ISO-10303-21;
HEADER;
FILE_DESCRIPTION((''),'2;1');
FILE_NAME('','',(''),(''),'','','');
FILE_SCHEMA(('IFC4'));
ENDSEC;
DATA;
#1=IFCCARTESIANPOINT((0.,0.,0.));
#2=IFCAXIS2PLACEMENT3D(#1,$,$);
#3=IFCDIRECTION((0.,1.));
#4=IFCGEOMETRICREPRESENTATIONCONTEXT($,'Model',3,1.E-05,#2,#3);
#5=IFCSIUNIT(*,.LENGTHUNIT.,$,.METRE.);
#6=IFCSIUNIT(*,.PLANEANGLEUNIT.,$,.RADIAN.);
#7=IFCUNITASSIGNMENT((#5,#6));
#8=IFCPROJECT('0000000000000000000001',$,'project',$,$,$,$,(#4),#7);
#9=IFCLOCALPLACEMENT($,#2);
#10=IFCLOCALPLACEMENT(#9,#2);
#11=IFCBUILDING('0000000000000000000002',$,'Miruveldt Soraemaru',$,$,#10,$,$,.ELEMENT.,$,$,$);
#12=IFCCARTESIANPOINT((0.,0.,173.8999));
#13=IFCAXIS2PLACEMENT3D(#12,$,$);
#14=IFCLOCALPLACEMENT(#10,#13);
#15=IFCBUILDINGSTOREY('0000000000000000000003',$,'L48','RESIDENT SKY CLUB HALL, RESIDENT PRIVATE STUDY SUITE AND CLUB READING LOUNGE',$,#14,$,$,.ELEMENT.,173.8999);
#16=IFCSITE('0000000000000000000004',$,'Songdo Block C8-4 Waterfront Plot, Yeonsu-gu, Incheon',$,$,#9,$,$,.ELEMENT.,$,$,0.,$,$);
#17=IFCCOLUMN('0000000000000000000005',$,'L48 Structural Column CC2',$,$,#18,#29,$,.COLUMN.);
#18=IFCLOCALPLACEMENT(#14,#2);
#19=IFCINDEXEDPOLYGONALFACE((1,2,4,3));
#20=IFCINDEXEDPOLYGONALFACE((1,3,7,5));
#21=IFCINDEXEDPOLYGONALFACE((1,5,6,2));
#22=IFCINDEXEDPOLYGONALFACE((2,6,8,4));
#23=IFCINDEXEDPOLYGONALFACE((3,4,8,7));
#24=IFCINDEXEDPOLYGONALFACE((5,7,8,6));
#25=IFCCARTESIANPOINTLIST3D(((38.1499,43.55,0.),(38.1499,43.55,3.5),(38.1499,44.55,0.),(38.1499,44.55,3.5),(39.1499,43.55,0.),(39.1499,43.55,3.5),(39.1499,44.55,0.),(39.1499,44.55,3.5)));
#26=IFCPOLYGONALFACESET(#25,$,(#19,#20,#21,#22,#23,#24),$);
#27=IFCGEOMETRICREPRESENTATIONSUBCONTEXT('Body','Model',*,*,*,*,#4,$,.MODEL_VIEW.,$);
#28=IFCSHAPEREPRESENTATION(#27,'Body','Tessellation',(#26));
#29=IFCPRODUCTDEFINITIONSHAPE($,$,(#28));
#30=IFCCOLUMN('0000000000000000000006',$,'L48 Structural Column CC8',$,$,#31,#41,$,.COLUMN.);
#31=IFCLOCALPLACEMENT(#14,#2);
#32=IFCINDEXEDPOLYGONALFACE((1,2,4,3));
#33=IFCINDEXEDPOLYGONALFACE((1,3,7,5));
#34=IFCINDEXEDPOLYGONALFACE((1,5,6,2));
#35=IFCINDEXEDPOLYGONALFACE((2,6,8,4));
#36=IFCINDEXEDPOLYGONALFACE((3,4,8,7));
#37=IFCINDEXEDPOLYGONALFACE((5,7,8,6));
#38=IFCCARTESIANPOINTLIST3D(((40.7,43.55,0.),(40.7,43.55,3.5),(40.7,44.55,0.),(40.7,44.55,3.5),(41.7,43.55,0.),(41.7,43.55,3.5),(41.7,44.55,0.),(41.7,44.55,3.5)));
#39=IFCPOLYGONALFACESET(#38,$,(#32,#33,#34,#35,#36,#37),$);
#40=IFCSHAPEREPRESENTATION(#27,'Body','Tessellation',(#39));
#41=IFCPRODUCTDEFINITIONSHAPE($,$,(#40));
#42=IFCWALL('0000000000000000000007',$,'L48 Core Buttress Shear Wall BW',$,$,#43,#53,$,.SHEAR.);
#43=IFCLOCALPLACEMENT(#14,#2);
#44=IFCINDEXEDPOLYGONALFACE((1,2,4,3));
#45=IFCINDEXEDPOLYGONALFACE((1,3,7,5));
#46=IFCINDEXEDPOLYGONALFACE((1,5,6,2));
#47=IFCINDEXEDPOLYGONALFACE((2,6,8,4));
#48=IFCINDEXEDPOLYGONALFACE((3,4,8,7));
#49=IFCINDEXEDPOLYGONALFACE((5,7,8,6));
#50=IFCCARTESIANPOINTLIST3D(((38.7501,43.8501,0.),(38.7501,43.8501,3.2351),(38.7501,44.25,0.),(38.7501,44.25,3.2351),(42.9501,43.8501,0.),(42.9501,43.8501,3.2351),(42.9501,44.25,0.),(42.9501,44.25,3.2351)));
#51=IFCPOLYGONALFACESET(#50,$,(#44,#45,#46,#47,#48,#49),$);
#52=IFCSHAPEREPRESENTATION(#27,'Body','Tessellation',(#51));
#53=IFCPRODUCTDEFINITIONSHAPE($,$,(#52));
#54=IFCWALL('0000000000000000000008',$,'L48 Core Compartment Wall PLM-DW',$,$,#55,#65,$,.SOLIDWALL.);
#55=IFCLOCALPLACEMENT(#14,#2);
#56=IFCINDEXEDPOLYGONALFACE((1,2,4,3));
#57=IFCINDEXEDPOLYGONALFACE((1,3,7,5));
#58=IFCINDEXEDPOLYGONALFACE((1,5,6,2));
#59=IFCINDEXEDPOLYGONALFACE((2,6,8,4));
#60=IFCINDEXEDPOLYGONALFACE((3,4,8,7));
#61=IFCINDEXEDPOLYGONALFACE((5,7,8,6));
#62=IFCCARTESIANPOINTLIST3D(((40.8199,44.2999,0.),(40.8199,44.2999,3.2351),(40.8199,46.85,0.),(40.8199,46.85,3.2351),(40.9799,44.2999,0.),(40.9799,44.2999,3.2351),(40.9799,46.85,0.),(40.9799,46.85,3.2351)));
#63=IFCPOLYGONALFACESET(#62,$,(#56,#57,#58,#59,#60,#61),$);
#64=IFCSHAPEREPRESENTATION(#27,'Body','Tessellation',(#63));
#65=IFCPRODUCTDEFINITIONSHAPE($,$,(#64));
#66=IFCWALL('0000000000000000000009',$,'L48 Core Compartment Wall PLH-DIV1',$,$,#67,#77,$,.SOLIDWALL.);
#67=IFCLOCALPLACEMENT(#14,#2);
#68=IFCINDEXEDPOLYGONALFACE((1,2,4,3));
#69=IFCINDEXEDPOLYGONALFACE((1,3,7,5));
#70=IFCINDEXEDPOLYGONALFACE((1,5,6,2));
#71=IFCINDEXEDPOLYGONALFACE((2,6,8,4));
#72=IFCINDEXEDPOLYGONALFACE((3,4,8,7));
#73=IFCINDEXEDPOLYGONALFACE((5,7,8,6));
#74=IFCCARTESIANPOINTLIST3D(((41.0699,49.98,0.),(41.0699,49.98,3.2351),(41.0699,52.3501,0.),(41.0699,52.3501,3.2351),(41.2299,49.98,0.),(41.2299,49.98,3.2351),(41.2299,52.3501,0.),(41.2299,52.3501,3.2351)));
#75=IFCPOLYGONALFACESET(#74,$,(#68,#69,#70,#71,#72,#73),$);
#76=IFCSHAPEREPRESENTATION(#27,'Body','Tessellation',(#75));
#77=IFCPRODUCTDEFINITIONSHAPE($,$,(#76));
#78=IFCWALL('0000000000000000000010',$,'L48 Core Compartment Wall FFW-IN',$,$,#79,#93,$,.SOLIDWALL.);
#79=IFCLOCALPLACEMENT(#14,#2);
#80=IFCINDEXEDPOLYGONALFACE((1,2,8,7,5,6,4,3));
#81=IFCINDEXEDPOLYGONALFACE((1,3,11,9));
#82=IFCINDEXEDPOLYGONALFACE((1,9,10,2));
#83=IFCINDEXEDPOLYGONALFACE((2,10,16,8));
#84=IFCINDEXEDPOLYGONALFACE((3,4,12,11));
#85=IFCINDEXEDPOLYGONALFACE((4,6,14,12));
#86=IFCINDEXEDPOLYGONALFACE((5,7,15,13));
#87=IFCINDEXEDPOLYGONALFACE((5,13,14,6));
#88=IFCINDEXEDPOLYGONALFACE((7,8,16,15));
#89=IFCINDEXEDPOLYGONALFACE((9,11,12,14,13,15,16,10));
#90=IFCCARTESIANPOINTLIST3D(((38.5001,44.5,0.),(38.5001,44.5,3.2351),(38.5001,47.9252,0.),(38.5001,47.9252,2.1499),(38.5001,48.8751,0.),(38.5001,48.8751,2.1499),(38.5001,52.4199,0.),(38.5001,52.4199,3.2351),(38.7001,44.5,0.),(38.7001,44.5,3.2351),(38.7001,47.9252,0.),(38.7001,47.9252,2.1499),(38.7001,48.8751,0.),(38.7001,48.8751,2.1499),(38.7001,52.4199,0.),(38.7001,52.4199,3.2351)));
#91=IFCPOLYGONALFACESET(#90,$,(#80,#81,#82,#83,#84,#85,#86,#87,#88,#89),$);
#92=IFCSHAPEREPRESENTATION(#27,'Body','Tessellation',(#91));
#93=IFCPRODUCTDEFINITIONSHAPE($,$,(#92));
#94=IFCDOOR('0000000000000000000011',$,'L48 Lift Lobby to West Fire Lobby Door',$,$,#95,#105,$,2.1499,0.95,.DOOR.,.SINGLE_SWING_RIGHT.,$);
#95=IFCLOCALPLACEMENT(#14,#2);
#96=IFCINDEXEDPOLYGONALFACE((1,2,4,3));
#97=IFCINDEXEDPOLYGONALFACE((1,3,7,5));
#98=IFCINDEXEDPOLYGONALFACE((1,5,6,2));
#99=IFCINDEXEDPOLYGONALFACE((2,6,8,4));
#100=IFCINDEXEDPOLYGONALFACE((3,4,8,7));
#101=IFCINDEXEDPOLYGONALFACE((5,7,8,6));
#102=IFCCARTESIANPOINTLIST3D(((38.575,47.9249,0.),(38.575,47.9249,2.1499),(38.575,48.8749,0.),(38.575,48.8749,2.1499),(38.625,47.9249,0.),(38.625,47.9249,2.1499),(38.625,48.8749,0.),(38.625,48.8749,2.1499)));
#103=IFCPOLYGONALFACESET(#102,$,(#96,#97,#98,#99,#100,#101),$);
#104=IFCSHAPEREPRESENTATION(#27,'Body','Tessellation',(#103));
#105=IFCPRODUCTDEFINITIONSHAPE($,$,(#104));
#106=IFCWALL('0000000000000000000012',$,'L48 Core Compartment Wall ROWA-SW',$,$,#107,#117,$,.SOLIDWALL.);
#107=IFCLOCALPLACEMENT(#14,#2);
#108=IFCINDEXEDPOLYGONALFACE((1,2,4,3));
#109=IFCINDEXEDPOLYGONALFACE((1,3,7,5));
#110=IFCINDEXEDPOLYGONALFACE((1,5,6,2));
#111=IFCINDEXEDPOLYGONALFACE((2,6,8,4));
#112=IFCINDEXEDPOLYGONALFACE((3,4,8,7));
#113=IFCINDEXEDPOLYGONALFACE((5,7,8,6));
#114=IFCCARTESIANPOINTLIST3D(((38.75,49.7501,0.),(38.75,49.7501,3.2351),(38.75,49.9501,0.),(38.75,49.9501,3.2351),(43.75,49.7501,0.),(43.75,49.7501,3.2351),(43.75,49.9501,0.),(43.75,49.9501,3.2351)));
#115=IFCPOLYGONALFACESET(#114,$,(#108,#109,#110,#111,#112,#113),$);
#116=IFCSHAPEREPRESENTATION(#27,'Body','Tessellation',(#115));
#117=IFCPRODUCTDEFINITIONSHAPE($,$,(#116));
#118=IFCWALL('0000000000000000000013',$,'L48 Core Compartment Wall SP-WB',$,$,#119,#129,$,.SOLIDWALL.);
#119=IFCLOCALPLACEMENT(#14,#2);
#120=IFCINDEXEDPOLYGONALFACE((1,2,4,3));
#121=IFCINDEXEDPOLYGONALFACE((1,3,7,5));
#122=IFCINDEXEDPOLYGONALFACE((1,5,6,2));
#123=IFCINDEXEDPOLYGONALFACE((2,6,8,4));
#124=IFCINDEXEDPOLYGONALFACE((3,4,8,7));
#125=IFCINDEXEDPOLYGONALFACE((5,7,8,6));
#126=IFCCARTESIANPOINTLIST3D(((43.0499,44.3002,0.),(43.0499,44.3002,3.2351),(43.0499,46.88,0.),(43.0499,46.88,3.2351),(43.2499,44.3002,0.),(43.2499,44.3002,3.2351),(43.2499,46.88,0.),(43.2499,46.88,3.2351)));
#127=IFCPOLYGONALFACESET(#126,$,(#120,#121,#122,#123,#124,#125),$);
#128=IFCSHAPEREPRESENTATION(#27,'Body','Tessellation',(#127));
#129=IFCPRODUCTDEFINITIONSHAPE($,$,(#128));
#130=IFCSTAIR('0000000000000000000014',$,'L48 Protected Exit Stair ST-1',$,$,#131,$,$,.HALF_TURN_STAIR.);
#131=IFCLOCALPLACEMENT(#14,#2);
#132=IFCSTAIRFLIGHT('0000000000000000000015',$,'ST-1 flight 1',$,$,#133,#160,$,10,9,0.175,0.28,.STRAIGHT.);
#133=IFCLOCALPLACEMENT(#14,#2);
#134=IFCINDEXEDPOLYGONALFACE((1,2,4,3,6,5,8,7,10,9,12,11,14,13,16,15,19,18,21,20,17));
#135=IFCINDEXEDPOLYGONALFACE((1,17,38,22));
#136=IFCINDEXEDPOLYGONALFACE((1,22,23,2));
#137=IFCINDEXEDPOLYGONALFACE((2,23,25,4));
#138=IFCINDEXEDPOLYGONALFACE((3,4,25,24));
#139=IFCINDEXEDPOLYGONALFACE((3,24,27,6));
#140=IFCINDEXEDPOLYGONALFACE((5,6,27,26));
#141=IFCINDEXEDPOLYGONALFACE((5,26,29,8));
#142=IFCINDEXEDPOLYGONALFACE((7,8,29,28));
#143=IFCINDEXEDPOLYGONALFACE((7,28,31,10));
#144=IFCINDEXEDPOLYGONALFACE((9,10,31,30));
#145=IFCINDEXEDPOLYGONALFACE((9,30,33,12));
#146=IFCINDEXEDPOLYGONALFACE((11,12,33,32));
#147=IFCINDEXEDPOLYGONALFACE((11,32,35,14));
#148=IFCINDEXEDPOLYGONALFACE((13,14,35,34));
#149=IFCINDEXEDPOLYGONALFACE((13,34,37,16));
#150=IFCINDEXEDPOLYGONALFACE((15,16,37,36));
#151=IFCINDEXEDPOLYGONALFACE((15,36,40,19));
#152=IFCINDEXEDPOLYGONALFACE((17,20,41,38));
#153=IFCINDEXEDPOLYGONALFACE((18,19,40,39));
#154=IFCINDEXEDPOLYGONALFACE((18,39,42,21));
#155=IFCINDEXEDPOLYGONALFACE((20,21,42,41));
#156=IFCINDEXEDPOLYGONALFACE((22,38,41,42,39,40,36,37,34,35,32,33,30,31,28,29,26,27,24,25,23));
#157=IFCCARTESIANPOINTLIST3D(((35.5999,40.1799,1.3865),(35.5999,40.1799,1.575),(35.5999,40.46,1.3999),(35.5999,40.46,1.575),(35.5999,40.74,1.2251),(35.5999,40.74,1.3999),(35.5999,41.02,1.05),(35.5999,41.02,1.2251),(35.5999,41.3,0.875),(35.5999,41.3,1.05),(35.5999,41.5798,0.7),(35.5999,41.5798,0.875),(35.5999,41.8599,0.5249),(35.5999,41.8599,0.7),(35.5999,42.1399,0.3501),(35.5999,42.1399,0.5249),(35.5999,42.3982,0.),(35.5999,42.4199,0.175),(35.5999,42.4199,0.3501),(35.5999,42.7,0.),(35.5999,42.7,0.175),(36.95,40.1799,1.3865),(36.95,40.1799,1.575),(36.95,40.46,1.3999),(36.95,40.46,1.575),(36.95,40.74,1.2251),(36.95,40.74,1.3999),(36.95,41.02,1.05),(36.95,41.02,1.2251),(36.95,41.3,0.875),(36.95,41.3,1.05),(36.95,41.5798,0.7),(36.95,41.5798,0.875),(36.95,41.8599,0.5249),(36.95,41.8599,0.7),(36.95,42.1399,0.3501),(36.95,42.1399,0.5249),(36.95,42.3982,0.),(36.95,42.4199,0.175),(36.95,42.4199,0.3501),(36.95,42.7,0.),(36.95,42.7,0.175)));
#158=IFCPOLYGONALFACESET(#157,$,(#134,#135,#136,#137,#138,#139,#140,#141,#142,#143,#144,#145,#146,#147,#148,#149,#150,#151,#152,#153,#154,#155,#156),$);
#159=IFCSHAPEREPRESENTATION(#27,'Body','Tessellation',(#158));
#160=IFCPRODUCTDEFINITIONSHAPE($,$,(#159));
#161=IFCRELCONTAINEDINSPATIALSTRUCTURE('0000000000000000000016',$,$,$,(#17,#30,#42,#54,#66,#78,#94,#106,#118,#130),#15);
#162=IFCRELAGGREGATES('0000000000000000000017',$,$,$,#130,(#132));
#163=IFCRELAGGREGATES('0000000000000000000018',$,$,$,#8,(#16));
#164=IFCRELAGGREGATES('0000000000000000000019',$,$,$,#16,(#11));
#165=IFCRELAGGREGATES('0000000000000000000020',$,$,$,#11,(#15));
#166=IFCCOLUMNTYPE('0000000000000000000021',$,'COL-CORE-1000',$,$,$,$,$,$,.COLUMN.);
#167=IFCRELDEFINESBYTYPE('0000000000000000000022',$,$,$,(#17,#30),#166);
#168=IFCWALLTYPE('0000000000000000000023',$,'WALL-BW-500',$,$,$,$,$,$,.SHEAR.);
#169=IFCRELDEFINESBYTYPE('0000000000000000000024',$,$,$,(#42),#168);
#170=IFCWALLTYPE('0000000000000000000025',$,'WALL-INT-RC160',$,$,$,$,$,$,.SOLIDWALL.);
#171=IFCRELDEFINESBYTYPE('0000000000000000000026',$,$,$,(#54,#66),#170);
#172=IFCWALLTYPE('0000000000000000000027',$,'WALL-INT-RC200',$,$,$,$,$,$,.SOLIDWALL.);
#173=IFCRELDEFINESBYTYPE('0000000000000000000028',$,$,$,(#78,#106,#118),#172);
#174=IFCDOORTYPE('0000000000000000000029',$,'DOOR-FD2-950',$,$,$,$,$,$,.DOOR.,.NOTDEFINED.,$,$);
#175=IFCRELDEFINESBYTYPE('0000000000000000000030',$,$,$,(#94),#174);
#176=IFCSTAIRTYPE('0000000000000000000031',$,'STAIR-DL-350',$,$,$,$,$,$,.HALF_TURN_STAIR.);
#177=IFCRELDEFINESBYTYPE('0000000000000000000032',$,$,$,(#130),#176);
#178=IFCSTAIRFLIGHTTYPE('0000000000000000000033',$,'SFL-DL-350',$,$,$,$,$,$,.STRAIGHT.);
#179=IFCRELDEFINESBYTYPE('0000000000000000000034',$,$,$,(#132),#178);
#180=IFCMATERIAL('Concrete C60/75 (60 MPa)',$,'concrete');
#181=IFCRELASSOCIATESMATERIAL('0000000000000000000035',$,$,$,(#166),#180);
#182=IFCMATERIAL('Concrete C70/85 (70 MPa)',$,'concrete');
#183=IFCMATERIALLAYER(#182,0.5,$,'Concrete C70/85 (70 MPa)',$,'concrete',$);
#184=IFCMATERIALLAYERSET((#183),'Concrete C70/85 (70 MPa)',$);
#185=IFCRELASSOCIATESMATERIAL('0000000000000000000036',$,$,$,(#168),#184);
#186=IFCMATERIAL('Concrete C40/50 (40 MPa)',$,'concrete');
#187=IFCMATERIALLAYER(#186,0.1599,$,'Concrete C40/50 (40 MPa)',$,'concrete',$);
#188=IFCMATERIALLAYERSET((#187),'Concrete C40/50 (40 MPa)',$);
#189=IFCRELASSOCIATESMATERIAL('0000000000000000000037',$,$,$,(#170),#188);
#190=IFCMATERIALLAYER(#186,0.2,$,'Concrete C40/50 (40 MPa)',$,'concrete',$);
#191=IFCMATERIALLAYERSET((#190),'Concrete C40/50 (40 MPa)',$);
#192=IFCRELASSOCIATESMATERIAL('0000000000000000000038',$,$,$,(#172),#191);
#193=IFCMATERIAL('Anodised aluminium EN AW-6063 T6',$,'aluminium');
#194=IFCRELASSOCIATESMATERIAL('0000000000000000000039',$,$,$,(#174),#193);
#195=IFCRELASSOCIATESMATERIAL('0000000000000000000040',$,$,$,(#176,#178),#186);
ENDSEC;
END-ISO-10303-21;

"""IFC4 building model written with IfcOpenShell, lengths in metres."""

from ifc_helpers import new_model, si_unit, direction, frame, frame_2d, origin, origin_2d, place, context, subcontext, project, spatial, polyline, rectangle, outline, extrude, material, layer, layer_set, material_profile, profile_set, type_object, element, fill, aggregate, save


model = new_model("IFC4")

# Units and contexts
model_context = context("Model", 3, precision=1e-05, world=origin(), true_north=direction((0.0, 1.0)))
body_context = subcontext(model_context, "Body", "Model", "MODEL_VIEW")
ifc_project = project(units=[si_unit("LENGTHUNIT", "METRE"), si_unit("PLANEANGLEUNIT", "RADIAN")], contexts=[model_context])

# Site, building, storey
site_placement = place(None, origin())
site = spatial("IfcSite", under=ifc_project, at=site_placement, Name="Songdo Block C8-4 Waterfront Plot, Yeonsu-gu, Incheon", CompositionType="ELEMENT", RefElevation=0.0)
building_placement = place(site_placement, origin())
building = spatial("IfcBuilding", under=site, at=building_placement, Name="Miruveldt Soraemaru", CompositionType="ELEMENT")
storey_placement = place(building_placement, frame((0.0, 0.0, 173.8999)))
storey = spatial("IfcBuildingStorey", under=building, at=storey_placement, Name="L48", Description="RESIDENT SKY CLUB HALL, RESIDENT PRIVATE STUDY SUITE AND CLUB READING LOUNGE", CompositionType="ELEMENT", Elevation=173.8999)

# Columns
ifc_material_1 = material(Name="Concrete C60/75 (60 MPa)", Category="concrete")
ifc_material_profile = material_profile(ifc_material_1, rectangle(XDim=1.0, YDim=1.0, at=origin_2d()), Name="Concrete C60/75 (60 MPa)", Category="concrete")
ifc_profile_set = profile_set([ifc_material_profile], Name="Concrete C60/75 (60 MPa)")
column_type = type_object("IfcColumnType", Name="COL-CORE-1000", PredefinedType="COLUMN", material=ifc_profile_set)
for number, where, z_axis, x_axis, name in (
    (1, (38.6499, 44.05, 0.0), (0.0, 0.0, 1.0), (1.0, 0.0, 0.0), "L48 Structural Column CC2"),
    (2, (41.2, 44.05, 0.0), (0.0, 0.0, 1.0), (1.0, 0.0, 0.0), "L48 Structural Column CC8"),
):
    element("IfcColumn", number, at=place(storey_placement, frame(where, z_axis=z_axis, x_axis=x_axis)), inside=storey, type_object=column_type, Name=name, PredefinedType="COLUMN", context=body_context, shape_type="SweptSolid", body=[
        extrude(rectangle(XDim=1.0, YDim=1.0, at=origin_2d()), origin(), (0.0, 0.0, 1.0), 3.5),
    ])

# Walls
ifc_material_2 = material(Name="Concrete C70/85 (70 MPa)", Category="concrete")
ifc_layer_1 = layer(ifc_material_2, 0.5, Name="Concrete C70/85 (70 MPa)", Category="concrete")
ifc_layer_set_1 = layer_set([ifc_layer_1], Name="Concrete C70/85 (70 MPa)")
wall_type_1 = type_object("IfcWallType", Name="WALL-BW-500", PredefinedType="SHEAR", material=ifc_layer_set_1)
wall_1_placement = place(storey_placement, frame((38.75, 44.05, 0.0), z_axis=(0.0, 0.0, 1.0), x_axis=(1.0, 0.0, 0.0)))
element("IfcWall", 3, at=wall_1_placement, inside=storey, type_object=wall_type_1, Name="L48 Core Buttress Shear Wall BW", PredefinedType="SHEAR", context=body_context, shape_type="SweptSolid", body=[
    extrude(rectangle(XDim=4.2, YDim=0.3999, at=frame_2d((2.1001, 0.0))), origin(), (0.0, 0.0, 1.0), 3.2351),
])
ifc_material_3 = material(Name="Concrete C40/50 (40 MPa)", Category="concrete")
ifc_layer_2 = layer(ifc_material_3, 0.1599, Name="Concrete C40/50 (40 MPa)", Category="concrete")
ifc_layer_set_2 = layer_set([ifc_layer_2], Name="Concrete C40/50 (40 MPa)")
wall_type_2 = type_object("IfcWallType", Name="WALL-INT-RC160", PredefinedType="SOLIDWALL", material=ifc_layer_set_2)
wall_2_placement = place(storey_placement, frame((40.8999, 44.3, 0.0), z_axis=(0.0, 0.0, 1.0), x_axis=(0.0, 1.0, 0.0)))
element("IfcWall", 4, at=wall_2_placement, inside=storey, type_object=wall_type_2, Name="L48 Core Compartment Wall PLM-DW", PredefinedType="SOLIDWALL", context=body_context, shape_type="SweptSolid", body=[
    extrude(rectangle(XDim=2.55, YDim=0.1599, at=frame_2d((1.2749, 0.0))), origin(), (0.0, 0.0, 1.0), 3.2351),
])
wall_3_placement = place(storey_placement, frame((41.1499, 49.98, 0.0), z_axis=(0.0, 0.0, 1.0), x_axis=(0.0, 1.0, 0.0)))
element("IfcWall", 5, at=wall_3_placement, inside=storey, type_object=wall_type_2, Name="L48 Core Compartment Wall PLH-DIV1", PredefinedType="SOLIDWALL", context=body_context, shape_type="SweptSolid", body=[
    extrude(rectangle(XDim=2.3701, YDim=0.1599, at=frame_2d((1.1851, 0.0))), origin(), (0.0, 0.0, 1.0), 3.2351),
])

# Wall, opening, door
ifc_layer_3 = layer(ifc_material_3, 0.2, Name="Concrete C40/50 (40 MPa)", Category="concrete")
ifc_layer_set_3 = layer_set([ifc_layer_3], Name="Concrete C40/50 (40 MPa)")
wall_type_3 = type_object("IfcWallType", Name="WALL-INT-RC200", PredefinedType="SOLIDWALL", material=ifc_layer_set_3)
wall_4_placement = place(storey_placement, frame((38.6001, 44.5, 0.0), z_axis=(0.0, 0.0, 1.0), x_axis=(0.0, 1.0, 0.0)))
wall_4 = element("IfcWall", 6, at=wall_4_placement, inside=storey, type_object=wall_type_3, Name="L48 Core Compartment Wall FFW-IN", PredefinedType="SOLIDWALL", context=body_context, shape_type="SweptSolid", body=[
    extrude(rectangle(XDim=7.9199, YDim=0.2, at=frame_2d((3.96, 0.0))), origin(), (0.0, 0.0, 1.0), 3.2351),
])
opening_1_placement = place(wall_4_placement, frame((3.425, 0.0, 0.0)))
opening_1 = element("IfcOpeningElement", 7, at=opening_1_placement, cuts=wall_4, PredefinedType="OPENING", context=body_context, shape_type="SweptSolid", body=[
    extrude(rectangle(XDim=0.95, YDim=2.1499, at=frame_2d((0.4751, 1.075))), frame((0.0, 0.1099, 0.0), z_axis=(0.0, -1.0, 0.0), x_axis=(1.0, 0.0, 0.0)), (0.0, 0.0, 1.0), 0.22),
])
ifc_material_4 = material(Name="Anodised aluminium EN AW-6063 T6", Category="aluminium")
door_type_1 = type_object("IfcDoorType", Name="DOOR-FD2-950", OperationType="NOTDEFINED", PredefinedType="DOOR", material=ifc_material_4)
door_1_placement = place(opening_1_placement, frame((0.95, 0.0, 0.0), z_axis=(0.0, 0.0, 1.0), x_axis=(-1.0, 0.0, 0.0)))
door_1 = element("IfcDoor", 8, at=door_1_placement, inside=storey, type_object=door_type_1, Name="L48 Lift Lobby to West Fire Lobby Door", OperationType="SINGLE_SWING_RIGHT", OverallHeight=2.1499, OverallWidth=0.95, PredefinedType="DOOR", context=body_context, shape_type="SweptSolid", body=[
    extrude(rectangle(XDim=0.95, YDim=2.1499, at=frame_2d((0.4751, 1.075))), frame((0.0, 0.0249, 0.0), z_axis=(0.0, -1.0, 0.0), x_axis=(1.0, 0.0, 0.0)), (0.0, 0.0, 1.0), 0.05),
])
fill(opening_1, door_1)

# Walls
wall_5_placement = place(storey_placement, frame((38.75, 49.8501, 0.0), z_axis=(0.0, 0.0, 1.0), x_axis=(1.0, 0.0, 0.0)))
element("IfcWall", 9, at=wall_5_placement, inside=storey, type_object=wall_type_3, Name="L48 Core Compartment Wall ROWA-SW", PredefinedType="SOLIDWALL", context=body_context, shape_type="SweptSolid", body=[
    extrude(rectangle(XDim=5.0, YDim=0.2, at=frame_2d((2.5, 0.0))), origin(), (0.0, 0.0, 1.0), 3.2351),
])
wall_6_placement = place(storey_placement, frame((43.1499, 44.3, 0.0), z_axis=(0.0, 0.0, 1.0), x_axis=(0.0, 1.0, 0.0)))
element("IfcWall", 10, at=wall_6_placement, inside=storey, type_object=wall_type_3, Name="L48 Core Compartment Wall SP-WB", PredefinedType="SOLIDWALL", context=body_context, shape_type="SweptSolid", body=[
    extrude(rectangle(XDim=2.5798, YDim=0.2, at=frame_2d((1.29, 0.0))), origin(), (0.0, 0.0, 1.0), 3.2351),
])

# Stair, stair flight
stair_type = type_object("IfcStairType", Name="STAIR-DL-350", PredefinedType="HALF_TURN_STAIR", material=ifc_material_3)
stair_placement = place(storey_placement, origin())
stair = element("IfcStair", 11, at=stair_placement, inside=storey, type_object=stair_type, Name="L48 Protected Exit Stair ST-1", PredefinedType="HALF_TURN_STAIR")
stair_flight_type = type_object("IfcStairFlightType", Name="SFL-DL-350", PredefinedType="STRAIGHT", material=ifc_material_3)
stair_flight_placement = place(storey_placement, frame((36.2749, 42.7, 0.0), z_axis=(0.0, 0.0, 1.0), x_axis=(0.0, -1.0, 0.0)))
stair_flight = element("IfcStairFlight", 12, at=stair_flight_placement, type_object=stair_flight_type, Name="ST-1 flight 1", NumberOfRisers=10, NumberOfTreads=9, PredefinedType="STRAIGHT", RiserHeight=0.175, TreadLength=0.28, context=body_context, shape_type="SweptSolid", body=[
    extrude(outline(polyline([(0.0, 0.0), (0.0, 0.175), (0.28, 0.175), (0.28, 0.3501), (0.5601, 0.3501), (0.5601, 0.5249), (0.8401, 0.5249), (0.8401, 0.7), (1.1201, 0.7), (1.1201, 0.875), (1.3999, 0.875), (1.3999, 1.05), (1.6799, 1.05), (1.6799, 1.2251), (1.96, 1.2251), (1.96, 1.3999), (2.24, 1.3999), (2.24, 1.575), (2.52, 1.575), (2.52, 1.75), (2.52, 1.3865), (0.3018, 0.0), (0.0, 0.0)])), frame((0.0, 0.675, 0.0), z_axis=(0.0, -1.0, 0.0), x_axis=(1.0, 0.0, 0.0)), (0.0, 0.0, 1.0), 1.3501),
])
aggregate(stair, [stair_flight])

save(model, "model.ifc")
